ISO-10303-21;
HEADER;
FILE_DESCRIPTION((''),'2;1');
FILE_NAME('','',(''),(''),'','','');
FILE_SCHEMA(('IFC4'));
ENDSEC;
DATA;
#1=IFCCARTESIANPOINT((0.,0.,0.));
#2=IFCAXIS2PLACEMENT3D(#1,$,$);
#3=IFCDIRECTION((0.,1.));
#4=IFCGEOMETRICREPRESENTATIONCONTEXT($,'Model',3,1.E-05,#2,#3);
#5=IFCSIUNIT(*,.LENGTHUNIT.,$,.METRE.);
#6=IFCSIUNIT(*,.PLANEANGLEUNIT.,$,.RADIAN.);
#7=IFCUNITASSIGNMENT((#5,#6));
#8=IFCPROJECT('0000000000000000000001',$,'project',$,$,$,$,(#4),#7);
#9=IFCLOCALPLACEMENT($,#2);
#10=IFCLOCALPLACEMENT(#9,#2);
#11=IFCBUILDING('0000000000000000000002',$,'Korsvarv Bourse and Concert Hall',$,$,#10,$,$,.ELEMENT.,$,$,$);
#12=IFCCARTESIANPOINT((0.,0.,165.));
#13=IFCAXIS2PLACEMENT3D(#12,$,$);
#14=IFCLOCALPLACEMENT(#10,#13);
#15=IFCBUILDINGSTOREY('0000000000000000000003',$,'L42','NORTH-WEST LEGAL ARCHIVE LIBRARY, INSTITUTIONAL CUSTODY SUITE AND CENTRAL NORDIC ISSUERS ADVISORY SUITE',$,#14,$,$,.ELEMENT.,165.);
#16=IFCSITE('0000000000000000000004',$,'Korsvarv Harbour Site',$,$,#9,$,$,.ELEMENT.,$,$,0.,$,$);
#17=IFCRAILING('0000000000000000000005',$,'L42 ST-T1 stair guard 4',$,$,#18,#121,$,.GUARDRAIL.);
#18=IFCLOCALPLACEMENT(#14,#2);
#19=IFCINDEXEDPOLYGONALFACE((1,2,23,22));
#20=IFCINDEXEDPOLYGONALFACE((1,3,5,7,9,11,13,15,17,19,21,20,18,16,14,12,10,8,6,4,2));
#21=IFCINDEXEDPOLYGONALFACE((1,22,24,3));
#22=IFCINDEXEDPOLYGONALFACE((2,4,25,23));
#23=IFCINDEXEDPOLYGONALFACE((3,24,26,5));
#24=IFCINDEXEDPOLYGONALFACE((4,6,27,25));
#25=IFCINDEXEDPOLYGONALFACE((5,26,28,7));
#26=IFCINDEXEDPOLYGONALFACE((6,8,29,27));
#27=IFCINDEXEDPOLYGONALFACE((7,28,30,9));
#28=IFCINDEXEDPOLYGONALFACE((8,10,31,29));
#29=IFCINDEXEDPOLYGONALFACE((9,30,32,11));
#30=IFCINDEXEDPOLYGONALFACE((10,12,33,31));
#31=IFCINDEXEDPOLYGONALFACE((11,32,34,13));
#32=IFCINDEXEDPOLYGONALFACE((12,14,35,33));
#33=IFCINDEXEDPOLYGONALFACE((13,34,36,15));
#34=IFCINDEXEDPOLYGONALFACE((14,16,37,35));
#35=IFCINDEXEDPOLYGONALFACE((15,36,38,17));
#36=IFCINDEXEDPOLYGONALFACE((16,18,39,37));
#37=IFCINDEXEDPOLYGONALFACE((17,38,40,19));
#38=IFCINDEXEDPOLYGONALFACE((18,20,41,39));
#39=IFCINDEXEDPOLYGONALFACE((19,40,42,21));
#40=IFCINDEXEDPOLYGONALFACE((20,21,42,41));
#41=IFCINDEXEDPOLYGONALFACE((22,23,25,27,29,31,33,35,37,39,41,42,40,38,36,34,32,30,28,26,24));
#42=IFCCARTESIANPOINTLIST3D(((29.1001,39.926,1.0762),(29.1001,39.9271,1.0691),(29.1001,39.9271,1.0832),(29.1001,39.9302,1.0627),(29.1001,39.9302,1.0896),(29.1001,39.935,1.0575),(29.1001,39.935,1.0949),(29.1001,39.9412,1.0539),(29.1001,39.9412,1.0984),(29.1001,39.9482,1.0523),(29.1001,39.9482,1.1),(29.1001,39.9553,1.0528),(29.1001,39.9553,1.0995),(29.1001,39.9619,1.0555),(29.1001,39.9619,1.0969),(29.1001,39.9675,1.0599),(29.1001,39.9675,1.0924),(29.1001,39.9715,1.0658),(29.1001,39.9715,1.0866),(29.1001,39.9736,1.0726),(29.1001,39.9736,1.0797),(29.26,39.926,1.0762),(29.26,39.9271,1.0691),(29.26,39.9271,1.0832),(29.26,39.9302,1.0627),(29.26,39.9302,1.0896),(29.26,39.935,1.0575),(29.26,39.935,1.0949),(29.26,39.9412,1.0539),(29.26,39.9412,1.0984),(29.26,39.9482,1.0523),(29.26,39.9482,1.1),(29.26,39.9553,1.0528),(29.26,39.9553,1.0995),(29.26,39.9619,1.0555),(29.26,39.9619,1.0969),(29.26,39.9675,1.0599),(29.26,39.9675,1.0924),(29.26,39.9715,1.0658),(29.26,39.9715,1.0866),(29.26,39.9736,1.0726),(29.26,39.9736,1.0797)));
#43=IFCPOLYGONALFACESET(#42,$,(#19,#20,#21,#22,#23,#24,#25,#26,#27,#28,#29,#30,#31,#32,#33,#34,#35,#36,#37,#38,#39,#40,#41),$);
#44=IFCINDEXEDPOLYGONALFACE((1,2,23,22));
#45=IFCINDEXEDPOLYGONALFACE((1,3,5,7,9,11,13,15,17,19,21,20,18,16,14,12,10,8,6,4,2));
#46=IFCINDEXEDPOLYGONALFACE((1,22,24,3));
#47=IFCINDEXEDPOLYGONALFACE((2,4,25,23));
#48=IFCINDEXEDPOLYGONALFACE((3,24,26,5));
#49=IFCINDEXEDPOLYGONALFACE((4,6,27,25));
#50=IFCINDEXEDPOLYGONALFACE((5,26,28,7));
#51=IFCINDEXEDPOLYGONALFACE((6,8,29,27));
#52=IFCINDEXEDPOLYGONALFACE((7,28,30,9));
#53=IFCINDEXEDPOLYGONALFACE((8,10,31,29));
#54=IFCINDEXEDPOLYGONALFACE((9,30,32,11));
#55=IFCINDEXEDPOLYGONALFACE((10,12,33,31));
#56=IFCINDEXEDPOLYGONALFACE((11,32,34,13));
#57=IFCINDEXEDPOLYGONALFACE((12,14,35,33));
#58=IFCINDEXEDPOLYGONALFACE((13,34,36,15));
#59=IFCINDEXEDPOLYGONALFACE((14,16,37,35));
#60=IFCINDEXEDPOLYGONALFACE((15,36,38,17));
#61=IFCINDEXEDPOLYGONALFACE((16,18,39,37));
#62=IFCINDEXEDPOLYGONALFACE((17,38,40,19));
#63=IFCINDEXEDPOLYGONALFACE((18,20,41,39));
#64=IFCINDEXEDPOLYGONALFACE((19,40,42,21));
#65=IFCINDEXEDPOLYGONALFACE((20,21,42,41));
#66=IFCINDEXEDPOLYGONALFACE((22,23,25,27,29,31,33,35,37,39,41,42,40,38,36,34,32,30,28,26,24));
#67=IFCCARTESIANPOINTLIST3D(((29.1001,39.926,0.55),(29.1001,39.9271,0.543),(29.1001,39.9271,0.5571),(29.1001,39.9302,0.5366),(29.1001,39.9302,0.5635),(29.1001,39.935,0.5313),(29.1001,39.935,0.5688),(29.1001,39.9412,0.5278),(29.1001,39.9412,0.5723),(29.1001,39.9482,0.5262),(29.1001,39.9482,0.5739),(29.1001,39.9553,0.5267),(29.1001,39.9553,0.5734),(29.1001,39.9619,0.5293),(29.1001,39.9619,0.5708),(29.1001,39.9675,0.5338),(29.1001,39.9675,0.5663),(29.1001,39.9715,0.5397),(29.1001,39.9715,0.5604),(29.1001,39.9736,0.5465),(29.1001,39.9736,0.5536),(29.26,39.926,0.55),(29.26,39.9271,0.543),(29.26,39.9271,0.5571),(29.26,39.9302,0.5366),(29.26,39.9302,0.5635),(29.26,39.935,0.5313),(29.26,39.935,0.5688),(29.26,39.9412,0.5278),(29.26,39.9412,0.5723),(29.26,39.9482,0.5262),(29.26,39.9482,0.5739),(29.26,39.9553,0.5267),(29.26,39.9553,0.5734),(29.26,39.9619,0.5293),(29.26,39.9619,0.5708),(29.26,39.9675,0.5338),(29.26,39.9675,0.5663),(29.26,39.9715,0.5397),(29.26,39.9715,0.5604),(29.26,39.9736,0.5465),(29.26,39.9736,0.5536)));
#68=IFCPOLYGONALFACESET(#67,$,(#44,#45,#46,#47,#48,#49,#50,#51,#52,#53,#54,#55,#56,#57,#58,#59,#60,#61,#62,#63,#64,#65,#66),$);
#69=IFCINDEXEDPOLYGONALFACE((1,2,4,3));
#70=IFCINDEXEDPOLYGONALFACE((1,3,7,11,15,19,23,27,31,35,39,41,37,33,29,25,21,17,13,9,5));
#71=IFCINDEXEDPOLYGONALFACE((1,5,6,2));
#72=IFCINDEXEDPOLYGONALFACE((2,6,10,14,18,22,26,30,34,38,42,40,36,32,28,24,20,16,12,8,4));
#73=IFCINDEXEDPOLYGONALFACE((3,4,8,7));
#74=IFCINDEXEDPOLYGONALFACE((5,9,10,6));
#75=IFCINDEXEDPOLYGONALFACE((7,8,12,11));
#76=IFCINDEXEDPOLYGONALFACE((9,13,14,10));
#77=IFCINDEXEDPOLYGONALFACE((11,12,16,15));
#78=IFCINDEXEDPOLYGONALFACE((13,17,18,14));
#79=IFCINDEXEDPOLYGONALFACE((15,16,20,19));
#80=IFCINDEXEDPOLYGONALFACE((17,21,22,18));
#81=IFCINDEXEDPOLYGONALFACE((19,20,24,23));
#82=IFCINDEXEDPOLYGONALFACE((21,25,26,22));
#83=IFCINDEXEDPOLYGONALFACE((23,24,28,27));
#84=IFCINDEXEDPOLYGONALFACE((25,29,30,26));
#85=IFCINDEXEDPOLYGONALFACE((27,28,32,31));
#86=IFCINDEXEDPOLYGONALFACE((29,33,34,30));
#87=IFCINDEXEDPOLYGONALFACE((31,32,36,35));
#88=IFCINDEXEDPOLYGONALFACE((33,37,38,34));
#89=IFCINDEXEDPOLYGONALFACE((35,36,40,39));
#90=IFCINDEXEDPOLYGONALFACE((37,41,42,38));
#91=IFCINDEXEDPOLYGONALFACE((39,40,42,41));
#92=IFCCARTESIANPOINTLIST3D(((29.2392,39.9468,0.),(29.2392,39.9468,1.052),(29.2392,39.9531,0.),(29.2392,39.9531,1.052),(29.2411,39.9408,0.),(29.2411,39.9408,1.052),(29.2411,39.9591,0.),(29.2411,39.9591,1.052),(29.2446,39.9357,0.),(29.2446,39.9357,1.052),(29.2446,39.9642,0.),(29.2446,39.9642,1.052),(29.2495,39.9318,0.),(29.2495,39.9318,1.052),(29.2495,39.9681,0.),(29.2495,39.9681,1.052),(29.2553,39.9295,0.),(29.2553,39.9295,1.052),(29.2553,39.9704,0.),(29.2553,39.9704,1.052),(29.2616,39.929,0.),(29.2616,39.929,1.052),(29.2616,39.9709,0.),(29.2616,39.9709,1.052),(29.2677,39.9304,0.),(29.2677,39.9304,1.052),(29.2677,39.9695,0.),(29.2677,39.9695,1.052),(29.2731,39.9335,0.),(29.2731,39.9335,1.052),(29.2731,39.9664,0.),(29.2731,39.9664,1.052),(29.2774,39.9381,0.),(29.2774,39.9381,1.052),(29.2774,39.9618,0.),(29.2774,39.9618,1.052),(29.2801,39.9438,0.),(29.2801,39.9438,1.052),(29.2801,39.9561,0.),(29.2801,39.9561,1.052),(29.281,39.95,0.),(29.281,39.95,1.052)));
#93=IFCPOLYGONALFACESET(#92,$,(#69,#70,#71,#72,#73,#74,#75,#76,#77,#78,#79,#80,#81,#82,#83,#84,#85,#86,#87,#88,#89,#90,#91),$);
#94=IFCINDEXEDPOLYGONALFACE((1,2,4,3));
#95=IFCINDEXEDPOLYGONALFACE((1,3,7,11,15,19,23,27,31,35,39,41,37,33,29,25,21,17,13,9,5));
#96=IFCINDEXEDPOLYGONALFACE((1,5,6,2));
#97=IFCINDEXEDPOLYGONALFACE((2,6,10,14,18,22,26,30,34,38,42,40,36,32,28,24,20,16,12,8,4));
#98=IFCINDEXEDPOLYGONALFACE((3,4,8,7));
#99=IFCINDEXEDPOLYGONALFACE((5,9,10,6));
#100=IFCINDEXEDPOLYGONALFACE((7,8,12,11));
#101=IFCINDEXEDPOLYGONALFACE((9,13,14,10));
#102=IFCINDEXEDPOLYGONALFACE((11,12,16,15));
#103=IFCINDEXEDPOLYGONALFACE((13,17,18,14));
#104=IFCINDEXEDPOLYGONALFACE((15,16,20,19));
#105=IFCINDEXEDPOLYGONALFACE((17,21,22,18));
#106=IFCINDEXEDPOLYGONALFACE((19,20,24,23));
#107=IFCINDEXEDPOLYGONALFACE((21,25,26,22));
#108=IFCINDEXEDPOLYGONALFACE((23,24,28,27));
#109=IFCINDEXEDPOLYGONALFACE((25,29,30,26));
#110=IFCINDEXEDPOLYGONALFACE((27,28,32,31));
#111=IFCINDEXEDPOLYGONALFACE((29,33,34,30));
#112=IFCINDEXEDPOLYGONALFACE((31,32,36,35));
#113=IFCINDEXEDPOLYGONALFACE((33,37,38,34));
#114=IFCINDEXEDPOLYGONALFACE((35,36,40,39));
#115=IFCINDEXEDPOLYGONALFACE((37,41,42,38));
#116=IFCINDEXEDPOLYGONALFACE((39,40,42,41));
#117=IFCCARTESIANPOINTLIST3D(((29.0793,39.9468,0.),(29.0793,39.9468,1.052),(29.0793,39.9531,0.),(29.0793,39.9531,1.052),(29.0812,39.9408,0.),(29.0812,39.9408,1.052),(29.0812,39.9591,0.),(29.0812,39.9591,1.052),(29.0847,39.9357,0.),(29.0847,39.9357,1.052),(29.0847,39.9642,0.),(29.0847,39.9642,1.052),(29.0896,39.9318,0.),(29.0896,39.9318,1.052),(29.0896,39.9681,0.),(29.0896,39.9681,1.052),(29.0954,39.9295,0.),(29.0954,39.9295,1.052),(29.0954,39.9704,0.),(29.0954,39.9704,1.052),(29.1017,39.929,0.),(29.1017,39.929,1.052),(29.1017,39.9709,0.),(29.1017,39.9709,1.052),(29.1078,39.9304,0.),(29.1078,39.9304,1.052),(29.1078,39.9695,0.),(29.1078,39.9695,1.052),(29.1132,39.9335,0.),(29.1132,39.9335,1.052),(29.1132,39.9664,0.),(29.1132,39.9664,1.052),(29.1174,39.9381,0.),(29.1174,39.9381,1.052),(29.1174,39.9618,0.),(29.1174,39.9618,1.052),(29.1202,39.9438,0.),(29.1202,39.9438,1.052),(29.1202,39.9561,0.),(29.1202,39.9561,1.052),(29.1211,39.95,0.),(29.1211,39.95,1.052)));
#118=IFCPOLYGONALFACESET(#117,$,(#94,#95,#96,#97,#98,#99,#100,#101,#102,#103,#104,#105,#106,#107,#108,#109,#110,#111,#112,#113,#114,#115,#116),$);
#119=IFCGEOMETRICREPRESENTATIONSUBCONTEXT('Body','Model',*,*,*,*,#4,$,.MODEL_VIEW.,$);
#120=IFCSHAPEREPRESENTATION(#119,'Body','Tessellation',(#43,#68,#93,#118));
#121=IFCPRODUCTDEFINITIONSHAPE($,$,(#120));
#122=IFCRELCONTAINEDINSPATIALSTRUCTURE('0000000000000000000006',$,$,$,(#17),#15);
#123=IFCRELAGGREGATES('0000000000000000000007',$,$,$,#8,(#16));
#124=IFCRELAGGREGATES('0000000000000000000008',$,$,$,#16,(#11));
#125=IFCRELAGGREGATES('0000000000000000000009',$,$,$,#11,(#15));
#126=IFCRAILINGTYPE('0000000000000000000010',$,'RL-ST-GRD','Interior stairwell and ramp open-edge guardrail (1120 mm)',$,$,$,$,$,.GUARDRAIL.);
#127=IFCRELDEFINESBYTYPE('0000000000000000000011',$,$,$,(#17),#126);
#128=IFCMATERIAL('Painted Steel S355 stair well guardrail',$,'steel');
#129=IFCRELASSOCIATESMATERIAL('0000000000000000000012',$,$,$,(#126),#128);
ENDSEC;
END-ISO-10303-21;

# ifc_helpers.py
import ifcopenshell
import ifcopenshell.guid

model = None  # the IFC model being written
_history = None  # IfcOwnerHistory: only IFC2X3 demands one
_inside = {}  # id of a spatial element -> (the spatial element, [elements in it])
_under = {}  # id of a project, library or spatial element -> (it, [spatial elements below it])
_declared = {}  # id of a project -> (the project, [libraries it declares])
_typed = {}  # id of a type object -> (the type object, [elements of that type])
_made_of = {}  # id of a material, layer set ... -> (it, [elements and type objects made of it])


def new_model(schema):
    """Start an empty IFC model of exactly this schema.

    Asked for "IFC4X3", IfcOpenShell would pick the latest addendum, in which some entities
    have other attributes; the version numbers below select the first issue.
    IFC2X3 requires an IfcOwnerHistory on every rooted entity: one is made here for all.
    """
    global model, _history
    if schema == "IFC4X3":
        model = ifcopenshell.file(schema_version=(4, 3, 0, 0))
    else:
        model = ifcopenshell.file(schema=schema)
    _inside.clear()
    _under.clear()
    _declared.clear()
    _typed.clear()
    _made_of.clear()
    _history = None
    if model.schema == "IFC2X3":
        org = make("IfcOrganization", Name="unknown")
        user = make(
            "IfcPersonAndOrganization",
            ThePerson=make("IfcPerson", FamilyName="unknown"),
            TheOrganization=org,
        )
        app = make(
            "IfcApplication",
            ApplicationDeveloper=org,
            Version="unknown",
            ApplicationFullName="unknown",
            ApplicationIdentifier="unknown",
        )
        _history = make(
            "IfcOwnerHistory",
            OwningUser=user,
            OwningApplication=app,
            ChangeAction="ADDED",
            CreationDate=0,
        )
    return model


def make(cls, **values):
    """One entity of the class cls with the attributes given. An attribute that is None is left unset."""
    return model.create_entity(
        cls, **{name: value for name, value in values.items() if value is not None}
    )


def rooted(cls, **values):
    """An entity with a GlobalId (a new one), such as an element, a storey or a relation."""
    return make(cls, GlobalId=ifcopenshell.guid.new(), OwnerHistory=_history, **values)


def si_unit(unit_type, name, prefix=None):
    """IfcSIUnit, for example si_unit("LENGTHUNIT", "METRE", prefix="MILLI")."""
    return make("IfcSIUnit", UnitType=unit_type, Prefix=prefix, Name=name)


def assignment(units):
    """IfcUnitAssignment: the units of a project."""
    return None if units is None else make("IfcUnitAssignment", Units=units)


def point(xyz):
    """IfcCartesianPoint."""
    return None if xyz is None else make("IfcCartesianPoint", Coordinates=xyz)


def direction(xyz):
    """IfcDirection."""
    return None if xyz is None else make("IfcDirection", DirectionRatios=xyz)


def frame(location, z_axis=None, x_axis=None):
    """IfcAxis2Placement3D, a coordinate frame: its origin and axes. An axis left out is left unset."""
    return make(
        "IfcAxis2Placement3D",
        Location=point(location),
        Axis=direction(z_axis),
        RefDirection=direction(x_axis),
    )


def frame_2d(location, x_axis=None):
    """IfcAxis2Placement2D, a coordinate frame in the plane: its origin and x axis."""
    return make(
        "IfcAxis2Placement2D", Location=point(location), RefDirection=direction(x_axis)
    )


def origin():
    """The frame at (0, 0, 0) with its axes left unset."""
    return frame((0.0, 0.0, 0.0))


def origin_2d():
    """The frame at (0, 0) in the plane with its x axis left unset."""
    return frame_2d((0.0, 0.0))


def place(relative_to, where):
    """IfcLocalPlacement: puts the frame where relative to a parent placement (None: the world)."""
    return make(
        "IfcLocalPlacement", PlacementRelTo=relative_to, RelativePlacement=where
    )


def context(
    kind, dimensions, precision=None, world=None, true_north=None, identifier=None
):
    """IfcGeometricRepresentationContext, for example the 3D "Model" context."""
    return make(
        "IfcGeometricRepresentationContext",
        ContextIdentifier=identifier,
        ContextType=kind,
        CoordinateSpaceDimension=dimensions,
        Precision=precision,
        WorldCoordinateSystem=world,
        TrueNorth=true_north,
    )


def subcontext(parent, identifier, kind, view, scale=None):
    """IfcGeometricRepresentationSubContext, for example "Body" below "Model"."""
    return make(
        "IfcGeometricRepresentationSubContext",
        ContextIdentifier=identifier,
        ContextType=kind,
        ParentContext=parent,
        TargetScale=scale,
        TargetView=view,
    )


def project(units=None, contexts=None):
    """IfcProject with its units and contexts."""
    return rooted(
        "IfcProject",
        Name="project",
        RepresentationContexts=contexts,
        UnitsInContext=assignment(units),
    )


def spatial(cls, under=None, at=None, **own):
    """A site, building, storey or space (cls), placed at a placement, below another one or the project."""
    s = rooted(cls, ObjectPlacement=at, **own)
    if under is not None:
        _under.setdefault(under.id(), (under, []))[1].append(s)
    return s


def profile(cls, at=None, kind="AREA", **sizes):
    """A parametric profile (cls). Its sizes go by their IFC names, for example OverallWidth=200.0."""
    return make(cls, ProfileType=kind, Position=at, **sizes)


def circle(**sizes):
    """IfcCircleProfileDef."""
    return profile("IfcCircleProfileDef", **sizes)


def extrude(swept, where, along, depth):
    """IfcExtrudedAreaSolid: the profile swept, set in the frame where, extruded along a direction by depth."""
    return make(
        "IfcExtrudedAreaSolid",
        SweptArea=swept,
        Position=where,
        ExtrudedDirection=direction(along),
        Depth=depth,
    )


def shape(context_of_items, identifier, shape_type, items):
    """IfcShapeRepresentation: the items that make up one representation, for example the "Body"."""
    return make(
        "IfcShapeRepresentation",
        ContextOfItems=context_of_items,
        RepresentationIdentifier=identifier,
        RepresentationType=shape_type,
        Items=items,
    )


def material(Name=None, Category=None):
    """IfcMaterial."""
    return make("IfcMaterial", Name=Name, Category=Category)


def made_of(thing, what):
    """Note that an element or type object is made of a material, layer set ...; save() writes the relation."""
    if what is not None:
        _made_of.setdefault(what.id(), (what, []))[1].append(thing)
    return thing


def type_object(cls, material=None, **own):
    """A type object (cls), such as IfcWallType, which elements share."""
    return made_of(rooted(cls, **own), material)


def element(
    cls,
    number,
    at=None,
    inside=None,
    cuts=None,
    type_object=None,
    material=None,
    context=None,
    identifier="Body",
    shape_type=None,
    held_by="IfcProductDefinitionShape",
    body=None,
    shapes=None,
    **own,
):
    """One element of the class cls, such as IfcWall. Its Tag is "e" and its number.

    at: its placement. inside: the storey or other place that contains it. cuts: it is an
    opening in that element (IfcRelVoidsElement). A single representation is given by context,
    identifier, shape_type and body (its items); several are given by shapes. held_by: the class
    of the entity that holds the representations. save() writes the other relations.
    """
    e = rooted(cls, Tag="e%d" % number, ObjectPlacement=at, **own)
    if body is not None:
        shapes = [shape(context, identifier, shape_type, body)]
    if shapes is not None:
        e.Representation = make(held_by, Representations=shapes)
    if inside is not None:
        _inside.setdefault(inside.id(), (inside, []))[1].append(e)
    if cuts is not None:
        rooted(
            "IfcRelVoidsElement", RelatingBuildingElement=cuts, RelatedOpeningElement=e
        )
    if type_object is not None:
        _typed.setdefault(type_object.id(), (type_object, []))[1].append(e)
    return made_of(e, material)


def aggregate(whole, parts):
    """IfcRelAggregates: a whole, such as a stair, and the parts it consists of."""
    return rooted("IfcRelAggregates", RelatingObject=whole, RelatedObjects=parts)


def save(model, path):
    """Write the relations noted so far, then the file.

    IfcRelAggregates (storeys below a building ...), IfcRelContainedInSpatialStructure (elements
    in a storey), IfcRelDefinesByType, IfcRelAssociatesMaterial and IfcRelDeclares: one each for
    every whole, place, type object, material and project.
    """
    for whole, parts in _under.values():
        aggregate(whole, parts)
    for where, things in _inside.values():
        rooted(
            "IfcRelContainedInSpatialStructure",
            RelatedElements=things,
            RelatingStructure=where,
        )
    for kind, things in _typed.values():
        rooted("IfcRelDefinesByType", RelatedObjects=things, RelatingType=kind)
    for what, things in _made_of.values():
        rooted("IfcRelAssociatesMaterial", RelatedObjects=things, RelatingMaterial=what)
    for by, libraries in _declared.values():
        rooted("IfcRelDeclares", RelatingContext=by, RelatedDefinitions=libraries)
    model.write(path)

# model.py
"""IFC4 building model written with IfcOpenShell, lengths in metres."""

from ifc_helpers import new_model, si_unit, direction, frame, origin, origin_2d, place, context, subcontext, project, spatial, circle, extrude, material, type_object, element, save


model = new_model("IFC4")

# Units and contexts
model_context = context("Model", 3, precision=1e-05, world=origin(), true_north=direction((0.0, 1.0)))
body_context = subcontext(model_context, "Body", "Model", "MODEL_VIEW")
ifc_project = project(units=[si_unit("LENGTHUNIT", "METRE"), si_unit("PLANEANGLEUNIT", "RADIAN")], contexts=[model_context])

# Site, building, storey
site_placement = place(None, origin())
site = spatial("IfcSite", under=ifc_project, at=site_placement, Name="Korsvarv Harbour Site", CompositionType="ELEMENT", RefElevation=0.0)
building_placement = place(site_placement, origin())
building = spatial("IfcBuilding", under=site, at=building_placement, Name="Korsvarv Bourse and Concert Hall", CompositionType="ELEMENT")
storey_placement = place(building_placement, frame((0.0, 0.0, 165.0)))
storey = spatial("IfcBuildingStorey", under=building, at=storey_placement, Name="L42", Description="NORTH-WEST LEGAL ARCHIVE LIBRARY, INSTITUTIONAL CUSTODY SUITE AND CENTRAL NORDIC ISSUERS ADVISORY SUITE", CompositionType="ELEMENT", Elevation=165.0)

# Railing
ifc_material_1 = material(Name="Painted Steel S355 stair well guardrail", Category="steel")
railing_type_1 = type_object("IfcRailingType", Name="RL-ST-GRD", Description="Interior stairwell and ramp open-edge guardrail (1120 mm)", PredefinedType="GUARDRAIL", material=ifc_material_1)
railing_1_placement = place(storey_placement, frame((29.26, 39.95, 0.0)))
element("IfcRailing", 1, at=railing_1_placement, inside=storey, type_object=railing_type_1, Name="L42 ST-T1 stair guard 4", PredefinedType="GUARDRAIL", context=body_context, shape_type="SweptSolid", body=[
    extrude(circle(Radius=0.0239, at=origin_2d()), frame((0.0, 0.0, 1.0762), z_axis=(-1.0, 0.0, 0.0), x_axis=(0.0, -1.0, 0.0)), (0.0, 0.0, 1.0), 0.1599),
    extrude(circle(Radius=0.0239, at=origin_2d()), frame((0.0, 0.0, 0.55), z_axis=(-1.0, 0.0, 0.0), x_axis=(0.0, -1.0, 0.0)), (0.0, 0.0, 1.0), 0.1599),
    extrude(circle(Radius=0.021, at=origin_2d()), origin(), (0.0, 0.0, 1.0), 1.052),
    extrude(circle(Radius=0.021, at=origin_2d()), frame((-0.1599, 0.0, 0.0)), (0.0, 0.0, 1.0), 1.052),
])

save(model, "model.ifc")
